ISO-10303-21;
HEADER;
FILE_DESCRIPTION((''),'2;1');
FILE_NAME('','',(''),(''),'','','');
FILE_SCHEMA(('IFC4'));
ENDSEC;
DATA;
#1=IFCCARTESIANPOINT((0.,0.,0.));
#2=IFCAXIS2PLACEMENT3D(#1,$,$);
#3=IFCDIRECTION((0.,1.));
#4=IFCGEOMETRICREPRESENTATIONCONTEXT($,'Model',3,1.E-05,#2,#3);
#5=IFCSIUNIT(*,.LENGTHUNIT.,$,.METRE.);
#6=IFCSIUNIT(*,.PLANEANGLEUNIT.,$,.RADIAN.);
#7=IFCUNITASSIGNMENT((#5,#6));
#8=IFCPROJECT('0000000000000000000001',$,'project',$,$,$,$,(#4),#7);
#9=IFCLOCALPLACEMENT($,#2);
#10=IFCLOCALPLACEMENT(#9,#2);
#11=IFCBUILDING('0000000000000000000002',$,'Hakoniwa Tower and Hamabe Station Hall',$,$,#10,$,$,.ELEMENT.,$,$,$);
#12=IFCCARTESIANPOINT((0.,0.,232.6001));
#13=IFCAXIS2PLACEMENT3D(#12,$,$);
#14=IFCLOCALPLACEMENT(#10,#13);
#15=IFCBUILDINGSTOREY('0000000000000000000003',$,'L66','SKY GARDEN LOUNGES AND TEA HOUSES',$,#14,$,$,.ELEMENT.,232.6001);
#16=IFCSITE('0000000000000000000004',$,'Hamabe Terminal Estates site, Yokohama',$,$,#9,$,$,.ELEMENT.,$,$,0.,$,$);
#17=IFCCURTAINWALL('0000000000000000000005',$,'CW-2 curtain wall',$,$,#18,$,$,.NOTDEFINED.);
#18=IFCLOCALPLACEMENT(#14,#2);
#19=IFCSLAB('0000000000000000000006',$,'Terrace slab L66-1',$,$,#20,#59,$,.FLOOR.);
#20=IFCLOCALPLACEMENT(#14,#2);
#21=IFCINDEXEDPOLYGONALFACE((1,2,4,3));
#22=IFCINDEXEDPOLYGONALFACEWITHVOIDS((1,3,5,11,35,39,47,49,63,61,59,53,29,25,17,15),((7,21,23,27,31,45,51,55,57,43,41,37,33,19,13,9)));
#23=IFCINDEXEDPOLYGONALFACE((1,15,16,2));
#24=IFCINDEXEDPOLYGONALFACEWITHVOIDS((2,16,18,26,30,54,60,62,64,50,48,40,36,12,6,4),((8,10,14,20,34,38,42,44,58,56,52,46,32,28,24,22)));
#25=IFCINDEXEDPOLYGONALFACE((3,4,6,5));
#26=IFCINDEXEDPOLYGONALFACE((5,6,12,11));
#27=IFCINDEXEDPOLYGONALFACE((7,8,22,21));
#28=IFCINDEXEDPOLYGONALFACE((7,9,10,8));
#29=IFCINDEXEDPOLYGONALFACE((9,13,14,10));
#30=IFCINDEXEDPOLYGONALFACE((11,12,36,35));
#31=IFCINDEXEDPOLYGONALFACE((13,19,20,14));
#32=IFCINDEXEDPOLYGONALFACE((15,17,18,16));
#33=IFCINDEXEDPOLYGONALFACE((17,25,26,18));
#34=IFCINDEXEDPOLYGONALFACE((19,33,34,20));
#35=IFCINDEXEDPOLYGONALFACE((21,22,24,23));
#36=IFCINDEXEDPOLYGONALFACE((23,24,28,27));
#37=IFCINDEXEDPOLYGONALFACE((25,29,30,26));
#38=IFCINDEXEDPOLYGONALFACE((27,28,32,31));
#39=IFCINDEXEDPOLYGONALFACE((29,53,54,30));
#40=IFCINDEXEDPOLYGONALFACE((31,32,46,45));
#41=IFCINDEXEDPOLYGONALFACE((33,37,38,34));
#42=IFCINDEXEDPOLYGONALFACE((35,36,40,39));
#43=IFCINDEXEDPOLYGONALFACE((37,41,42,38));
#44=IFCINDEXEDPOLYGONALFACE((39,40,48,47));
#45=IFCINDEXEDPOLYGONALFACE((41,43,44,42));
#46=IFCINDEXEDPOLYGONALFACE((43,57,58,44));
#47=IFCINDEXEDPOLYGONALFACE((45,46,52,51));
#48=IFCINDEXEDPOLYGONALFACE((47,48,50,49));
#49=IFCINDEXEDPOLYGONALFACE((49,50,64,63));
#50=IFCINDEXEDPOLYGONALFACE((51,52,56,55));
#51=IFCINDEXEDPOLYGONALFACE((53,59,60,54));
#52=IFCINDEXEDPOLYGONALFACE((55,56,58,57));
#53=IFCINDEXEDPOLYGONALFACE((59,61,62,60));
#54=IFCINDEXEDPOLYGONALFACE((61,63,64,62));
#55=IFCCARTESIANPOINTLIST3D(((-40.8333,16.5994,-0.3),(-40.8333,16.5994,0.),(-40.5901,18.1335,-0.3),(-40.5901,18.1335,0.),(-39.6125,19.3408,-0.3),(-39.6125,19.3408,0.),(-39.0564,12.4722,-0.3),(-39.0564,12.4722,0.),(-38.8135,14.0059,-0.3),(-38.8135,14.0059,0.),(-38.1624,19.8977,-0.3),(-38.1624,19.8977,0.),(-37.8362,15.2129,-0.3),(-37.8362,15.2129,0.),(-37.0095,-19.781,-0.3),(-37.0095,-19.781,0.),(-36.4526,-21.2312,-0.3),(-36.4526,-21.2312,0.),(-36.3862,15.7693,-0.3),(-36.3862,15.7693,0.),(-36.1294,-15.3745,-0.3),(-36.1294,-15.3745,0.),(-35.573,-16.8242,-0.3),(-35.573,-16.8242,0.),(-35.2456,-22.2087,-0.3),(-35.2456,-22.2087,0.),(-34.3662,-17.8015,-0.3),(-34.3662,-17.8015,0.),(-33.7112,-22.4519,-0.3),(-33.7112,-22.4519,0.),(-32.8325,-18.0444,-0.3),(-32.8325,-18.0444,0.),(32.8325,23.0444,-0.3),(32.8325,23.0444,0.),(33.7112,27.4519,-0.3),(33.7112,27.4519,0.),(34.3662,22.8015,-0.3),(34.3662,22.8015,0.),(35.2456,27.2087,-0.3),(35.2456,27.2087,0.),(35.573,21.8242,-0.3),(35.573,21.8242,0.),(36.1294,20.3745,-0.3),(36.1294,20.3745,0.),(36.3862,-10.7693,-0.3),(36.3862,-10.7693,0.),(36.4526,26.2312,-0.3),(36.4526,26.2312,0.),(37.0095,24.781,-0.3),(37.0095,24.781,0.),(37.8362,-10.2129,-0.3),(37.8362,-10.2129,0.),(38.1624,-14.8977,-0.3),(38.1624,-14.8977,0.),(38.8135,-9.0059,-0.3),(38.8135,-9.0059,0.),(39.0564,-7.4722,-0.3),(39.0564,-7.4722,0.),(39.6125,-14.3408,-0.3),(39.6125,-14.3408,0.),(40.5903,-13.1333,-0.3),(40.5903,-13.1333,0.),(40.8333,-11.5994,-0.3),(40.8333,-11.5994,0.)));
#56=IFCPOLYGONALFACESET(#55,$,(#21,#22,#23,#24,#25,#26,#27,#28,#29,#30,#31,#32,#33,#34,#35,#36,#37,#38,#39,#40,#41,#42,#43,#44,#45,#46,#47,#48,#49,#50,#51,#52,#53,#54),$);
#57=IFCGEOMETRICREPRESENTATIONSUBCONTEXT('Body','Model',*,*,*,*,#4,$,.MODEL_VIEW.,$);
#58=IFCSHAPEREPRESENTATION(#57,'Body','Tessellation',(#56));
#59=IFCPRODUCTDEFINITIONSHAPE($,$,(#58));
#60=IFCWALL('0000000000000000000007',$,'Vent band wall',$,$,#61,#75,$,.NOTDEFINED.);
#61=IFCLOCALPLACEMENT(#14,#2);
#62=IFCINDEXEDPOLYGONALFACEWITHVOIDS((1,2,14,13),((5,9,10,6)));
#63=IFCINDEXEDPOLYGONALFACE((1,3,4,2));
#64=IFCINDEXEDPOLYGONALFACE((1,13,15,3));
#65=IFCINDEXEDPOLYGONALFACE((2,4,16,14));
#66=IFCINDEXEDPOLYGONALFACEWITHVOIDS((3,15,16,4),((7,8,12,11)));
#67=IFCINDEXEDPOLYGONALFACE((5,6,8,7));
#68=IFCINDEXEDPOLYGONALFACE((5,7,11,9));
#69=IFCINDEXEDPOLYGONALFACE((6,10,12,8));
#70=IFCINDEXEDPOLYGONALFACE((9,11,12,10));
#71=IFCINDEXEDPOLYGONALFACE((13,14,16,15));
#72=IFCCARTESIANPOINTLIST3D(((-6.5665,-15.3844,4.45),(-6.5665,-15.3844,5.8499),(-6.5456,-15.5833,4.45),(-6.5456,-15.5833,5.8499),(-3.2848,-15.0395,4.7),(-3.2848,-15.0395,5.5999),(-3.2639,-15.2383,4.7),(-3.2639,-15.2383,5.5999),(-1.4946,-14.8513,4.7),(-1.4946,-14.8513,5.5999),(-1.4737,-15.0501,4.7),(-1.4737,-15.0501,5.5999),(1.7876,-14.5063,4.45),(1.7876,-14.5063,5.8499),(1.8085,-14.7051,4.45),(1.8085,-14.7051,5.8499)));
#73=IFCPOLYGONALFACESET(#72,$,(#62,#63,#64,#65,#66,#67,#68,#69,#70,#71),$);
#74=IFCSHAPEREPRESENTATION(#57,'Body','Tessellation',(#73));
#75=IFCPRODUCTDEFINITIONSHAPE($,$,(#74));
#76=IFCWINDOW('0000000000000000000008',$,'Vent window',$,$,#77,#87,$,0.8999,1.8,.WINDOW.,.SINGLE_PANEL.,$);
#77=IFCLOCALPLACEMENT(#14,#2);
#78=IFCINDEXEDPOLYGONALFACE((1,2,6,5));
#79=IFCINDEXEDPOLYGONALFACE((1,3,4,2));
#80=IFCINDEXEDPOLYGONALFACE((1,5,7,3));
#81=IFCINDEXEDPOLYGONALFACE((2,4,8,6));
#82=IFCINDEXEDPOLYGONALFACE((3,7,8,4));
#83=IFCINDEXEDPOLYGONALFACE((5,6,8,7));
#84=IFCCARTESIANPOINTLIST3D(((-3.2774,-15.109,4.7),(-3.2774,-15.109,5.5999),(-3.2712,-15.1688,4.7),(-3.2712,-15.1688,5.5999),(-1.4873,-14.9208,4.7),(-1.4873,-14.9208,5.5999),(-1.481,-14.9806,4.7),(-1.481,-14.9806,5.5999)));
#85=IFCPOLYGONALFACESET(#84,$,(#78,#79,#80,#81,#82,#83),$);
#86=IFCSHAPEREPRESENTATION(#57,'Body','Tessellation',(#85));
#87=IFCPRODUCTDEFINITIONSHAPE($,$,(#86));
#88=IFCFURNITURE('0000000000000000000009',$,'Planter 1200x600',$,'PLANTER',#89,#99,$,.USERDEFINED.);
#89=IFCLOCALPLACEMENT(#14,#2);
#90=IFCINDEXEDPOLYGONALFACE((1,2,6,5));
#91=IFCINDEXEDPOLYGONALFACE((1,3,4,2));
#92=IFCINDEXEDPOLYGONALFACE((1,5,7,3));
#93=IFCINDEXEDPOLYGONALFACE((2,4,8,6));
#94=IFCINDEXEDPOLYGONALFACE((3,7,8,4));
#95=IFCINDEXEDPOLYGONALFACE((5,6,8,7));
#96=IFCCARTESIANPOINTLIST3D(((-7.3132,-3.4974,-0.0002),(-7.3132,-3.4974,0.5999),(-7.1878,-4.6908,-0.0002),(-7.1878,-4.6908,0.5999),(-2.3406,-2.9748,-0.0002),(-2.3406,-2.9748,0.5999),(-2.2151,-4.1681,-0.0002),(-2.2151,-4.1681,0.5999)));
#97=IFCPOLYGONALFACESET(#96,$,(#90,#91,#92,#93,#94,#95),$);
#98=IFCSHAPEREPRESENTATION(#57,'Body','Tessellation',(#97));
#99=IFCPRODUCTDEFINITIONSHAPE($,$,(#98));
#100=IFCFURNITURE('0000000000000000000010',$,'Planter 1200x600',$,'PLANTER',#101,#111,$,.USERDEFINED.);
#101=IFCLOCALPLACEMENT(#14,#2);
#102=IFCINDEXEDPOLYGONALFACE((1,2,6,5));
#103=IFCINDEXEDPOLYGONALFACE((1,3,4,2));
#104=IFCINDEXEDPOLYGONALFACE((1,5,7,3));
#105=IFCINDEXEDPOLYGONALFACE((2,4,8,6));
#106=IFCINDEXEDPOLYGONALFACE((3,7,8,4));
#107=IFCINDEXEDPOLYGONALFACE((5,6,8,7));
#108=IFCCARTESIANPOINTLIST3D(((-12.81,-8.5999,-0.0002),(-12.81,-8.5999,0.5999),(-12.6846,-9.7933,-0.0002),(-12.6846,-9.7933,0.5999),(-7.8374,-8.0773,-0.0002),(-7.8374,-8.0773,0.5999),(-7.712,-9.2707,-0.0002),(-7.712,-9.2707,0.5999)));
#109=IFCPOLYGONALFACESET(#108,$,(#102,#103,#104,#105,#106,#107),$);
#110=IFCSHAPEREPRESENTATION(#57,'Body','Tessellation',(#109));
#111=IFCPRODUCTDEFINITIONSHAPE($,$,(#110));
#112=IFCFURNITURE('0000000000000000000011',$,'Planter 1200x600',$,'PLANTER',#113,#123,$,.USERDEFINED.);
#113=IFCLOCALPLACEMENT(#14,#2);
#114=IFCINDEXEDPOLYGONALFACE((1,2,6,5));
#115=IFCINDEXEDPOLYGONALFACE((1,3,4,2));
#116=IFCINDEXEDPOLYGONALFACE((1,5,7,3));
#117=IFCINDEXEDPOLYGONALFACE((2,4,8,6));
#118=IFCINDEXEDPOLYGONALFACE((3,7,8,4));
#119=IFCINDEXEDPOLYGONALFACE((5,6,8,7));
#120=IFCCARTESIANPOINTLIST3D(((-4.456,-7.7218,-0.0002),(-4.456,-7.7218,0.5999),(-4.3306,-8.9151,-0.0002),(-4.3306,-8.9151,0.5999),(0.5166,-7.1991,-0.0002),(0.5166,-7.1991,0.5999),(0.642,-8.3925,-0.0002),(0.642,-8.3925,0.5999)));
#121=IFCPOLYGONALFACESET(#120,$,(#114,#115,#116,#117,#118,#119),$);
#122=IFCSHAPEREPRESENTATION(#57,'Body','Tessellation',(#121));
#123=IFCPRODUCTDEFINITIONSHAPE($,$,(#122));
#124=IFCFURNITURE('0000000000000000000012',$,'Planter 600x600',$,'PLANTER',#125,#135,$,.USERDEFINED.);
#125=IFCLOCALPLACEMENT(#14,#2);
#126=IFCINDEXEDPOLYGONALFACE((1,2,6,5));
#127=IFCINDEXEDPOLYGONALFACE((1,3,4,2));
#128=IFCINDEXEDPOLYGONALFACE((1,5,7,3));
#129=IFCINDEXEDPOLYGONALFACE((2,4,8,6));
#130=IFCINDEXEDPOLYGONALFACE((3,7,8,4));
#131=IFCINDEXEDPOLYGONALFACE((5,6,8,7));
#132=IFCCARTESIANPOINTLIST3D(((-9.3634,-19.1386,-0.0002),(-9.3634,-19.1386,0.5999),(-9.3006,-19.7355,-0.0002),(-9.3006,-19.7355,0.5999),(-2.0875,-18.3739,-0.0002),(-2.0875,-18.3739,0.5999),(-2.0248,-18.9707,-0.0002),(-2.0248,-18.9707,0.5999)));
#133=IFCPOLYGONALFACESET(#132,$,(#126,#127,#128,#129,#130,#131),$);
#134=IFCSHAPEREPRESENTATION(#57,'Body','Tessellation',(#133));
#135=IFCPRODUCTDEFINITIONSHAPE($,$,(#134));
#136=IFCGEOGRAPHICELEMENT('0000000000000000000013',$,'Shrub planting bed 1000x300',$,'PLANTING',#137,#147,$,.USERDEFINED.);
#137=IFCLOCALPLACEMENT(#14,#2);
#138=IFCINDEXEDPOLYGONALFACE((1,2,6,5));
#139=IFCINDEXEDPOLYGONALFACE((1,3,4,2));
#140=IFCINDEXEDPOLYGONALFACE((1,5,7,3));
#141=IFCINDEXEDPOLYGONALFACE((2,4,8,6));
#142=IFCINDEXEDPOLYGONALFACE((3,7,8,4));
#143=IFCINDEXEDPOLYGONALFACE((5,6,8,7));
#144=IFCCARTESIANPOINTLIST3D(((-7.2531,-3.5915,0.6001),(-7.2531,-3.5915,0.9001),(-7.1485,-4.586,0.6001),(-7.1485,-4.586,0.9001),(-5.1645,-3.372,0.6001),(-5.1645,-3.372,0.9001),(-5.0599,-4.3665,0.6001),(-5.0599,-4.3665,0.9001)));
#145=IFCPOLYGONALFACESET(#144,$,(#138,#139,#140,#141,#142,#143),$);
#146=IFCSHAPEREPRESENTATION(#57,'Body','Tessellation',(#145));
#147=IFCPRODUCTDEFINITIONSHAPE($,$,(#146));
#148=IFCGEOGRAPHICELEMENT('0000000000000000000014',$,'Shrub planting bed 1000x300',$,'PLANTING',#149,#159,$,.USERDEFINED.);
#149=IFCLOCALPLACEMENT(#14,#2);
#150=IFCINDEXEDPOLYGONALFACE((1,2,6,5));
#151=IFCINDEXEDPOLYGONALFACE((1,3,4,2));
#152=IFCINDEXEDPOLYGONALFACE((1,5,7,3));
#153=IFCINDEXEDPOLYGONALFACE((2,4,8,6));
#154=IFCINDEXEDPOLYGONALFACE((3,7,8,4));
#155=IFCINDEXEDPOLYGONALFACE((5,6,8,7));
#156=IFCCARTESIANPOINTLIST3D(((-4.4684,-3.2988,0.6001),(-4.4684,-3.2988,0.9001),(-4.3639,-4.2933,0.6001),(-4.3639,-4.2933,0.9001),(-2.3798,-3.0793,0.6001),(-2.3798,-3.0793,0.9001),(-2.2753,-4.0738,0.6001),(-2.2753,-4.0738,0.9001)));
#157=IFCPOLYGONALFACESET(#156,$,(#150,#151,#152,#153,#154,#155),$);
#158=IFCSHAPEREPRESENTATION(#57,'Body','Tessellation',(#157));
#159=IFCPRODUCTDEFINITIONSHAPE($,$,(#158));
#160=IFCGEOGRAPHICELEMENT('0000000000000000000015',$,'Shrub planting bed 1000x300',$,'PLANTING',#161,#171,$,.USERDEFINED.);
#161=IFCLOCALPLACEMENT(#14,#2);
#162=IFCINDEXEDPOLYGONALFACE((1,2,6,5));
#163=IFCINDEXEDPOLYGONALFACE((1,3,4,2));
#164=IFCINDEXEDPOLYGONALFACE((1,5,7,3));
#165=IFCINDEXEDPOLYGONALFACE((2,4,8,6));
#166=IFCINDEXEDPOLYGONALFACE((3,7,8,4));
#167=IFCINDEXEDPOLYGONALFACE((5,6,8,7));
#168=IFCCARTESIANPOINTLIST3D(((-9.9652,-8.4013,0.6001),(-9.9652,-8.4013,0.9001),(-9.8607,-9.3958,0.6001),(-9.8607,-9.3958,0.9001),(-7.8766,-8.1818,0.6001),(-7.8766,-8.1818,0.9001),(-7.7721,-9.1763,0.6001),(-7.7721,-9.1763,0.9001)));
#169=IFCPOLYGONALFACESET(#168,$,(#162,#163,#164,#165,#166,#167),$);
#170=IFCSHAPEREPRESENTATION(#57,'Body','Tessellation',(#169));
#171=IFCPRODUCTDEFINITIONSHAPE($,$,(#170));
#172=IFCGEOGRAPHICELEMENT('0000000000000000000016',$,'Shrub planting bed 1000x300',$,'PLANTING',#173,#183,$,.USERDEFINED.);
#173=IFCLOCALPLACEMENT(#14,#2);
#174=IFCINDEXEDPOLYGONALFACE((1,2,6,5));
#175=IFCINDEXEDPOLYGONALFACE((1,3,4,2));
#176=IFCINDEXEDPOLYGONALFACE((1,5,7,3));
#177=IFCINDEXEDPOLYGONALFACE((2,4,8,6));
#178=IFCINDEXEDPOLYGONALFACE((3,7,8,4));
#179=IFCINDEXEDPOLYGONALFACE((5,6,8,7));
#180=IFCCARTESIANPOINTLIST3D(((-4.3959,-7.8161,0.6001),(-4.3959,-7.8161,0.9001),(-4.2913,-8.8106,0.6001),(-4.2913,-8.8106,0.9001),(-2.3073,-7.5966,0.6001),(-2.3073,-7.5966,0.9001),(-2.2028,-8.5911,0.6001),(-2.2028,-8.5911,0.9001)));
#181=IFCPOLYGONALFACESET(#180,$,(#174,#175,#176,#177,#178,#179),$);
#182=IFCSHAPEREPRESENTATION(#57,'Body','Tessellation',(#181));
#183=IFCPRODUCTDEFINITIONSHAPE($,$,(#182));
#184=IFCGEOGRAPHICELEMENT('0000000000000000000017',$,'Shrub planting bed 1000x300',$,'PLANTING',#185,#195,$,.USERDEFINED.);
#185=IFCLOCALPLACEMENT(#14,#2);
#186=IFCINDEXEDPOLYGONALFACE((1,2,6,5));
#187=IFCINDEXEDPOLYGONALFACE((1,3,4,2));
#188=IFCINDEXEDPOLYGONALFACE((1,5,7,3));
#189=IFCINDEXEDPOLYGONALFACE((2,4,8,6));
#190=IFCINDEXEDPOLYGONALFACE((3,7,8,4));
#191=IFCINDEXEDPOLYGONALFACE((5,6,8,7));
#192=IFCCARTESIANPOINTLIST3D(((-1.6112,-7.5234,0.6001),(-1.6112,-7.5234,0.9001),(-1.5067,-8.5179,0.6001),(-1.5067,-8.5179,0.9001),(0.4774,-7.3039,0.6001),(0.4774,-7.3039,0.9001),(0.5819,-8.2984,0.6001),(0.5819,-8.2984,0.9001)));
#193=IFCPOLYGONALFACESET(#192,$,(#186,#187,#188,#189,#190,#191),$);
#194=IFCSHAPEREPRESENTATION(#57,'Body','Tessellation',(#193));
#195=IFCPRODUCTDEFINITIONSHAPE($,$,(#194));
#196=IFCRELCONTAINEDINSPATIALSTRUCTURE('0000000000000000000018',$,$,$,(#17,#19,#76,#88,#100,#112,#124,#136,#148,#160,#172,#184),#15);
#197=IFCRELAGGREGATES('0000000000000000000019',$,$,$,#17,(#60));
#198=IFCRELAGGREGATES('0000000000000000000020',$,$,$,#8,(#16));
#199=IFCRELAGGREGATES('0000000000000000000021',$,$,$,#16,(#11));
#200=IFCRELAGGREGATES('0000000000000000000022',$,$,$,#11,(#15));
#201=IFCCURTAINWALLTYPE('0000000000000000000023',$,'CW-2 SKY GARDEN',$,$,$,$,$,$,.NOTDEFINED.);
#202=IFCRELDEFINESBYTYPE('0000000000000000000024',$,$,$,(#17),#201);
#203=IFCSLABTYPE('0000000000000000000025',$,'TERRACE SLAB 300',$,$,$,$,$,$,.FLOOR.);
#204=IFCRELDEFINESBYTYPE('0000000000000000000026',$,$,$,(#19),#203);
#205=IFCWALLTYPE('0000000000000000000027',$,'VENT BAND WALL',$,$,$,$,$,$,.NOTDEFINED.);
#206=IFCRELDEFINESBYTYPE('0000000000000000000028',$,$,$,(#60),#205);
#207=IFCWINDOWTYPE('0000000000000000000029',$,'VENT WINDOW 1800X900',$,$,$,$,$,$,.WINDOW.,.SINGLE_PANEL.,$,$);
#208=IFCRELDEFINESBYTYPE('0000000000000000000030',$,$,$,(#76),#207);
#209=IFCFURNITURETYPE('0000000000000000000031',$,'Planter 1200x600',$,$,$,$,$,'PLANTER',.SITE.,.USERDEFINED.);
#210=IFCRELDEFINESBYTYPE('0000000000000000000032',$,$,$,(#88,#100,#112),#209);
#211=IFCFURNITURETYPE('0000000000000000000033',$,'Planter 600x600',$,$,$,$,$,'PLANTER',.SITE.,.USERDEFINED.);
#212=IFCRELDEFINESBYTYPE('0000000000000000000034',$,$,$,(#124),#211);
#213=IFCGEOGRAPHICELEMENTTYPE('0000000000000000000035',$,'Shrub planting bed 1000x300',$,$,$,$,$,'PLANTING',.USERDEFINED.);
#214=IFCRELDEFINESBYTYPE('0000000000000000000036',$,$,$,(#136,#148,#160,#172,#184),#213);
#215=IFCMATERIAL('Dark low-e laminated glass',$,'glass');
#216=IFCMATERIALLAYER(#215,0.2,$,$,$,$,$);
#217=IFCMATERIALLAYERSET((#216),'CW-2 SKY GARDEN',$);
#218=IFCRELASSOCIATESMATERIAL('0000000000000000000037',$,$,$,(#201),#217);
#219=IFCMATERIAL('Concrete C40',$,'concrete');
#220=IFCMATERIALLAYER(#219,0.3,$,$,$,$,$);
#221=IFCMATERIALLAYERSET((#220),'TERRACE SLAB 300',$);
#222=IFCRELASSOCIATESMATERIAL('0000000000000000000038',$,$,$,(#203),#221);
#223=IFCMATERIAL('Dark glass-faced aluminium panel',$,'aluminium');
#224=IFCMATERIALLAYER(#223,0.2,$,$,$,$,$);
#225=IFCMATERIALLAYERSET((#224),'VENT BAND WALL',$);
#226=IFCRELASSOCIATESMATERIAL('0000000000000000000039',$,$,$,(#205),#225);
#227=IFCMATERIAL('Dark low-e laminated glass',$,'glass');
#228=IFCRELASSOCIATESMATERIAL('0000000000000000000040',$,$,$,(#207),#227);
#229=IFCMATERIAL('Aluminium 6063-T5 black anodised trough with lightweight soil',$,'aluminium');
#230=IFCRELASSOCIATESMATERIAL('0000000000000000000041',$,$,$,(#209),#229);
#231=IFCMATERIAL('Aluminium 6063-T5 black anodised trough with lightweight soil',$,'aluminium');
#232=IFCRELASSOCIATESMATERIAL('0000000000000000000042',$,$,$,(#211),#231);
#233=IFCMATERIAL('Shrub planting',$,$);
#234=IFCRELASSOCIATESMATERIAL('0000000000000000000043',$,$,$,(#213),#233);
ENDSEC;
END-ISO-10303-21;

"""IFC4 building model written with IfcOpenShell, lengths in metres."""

from ifc_helpers import new_model, si_unit, direction, frame, frame_2d, origin, origin_2d, place, context, subcontext, project, spatial, polyline, rectangle, outline, extrude, material, layer, layer_set, type_object, element, fill, aggregate, save


model = new_model("IFC4")

# Units and contexts
model_context = context("Model", 3, precision=1e-05, world=origin(), true_north=direction((0.0, 1.0)))
body_context = subcontext(model_context, "Body", "Model", "MODEL_VIEW")
ifc_project = project(units=[si_unit("LENGTHUNIT", "METRE"), si_unit("PLANEANGLEUNIT", "RADIAN")], contexts=[model_context])

# Site, building, storey
site_placement = place(None, origin())
site = spatial("IfcSite", under=ifc_project, at=site_placement, Name="Hamabe Terminal Estates site, Yokohama", CompositionType="ELEMENT", RefElevation=0.0)
building_placement = place(site_placement, origin())
building = spatial("IfcBuilding", under=site, at=building_placement, Name="Hakoniwa Tower and Hamabe Station Hall", CompositionType="ELEMENT")
storey_placement = place(building_placement, frame((0.0, 0.0, 232.6001)))
storey = spatial("IfcBuildingStorey", under=building, at=storey_placement, Name="L66", Description="SKY GARDEN LOUNGES AND TEA HOUSES", CompositionType="ELEMENT", Elevation=232.6001)

# Curtain wall
ifc_material_1 = material(Name="Dark low-e laminated glass", Category="glass")
ifc_layer_1 = layer(ifc_material_1, 0.2)
ifc_layer_set_1 = layer_set([ifc_layer_1], Name="CW-2 SKY GARDEN")
curtain_wall_type = type_object("IfcCurtainWallType", Name="CW-2 SKY GARDEN", PredefinedType="NOTDEFINED", material=ifc_layer_set_1)
curtain_wall_1_placement = place(storey_placement, origin())
curtain_wall_1 = element("IfcCurtainWall", 1, at=curtain_wall_1_placement, inside=storey, type_object=curtain_wall_type, Name="CW-2 curtain wall", PredefinedType="NOTDEFINED")

# Slab
ifc_material_2 = material(Name="Concrete C40", Category="concrete")
ifc_layer_2 = layer(ifc_material_2, 0.3)
ifc_layer_set_2 = layer_set([ifc_layer_2], Name="TERRACE SLAB 300")
slab_type_1 = type_object("IfcSlabType", Name="TERRACE SLAB 300", PredefinedType="FLOOR", material=ifc_layer_set_2)
slab_1_placement = place(storey_placement, frame((0.0, 0.0, -0.3)))
element("IfcSlab", 2, at=slab_1_placement, inside=storey, type_object=slab_type_1, Name="Terrace slab L66-1", PredefinedType="FLOOR", context=body_context, shape_type="SweptSolid", body=[
    extrude(outline(polyline([(40.5903, -13.1333), (40.8333, -11.5994), (37.0095, 24.781), (36.4526, 26.2312), (35.2456, 27.2087), (33.7112, 27.4519), (-38.1624, 19.8977), (-39.6125, 19.3408), (-40.5901, 18.1335), (-40.8333, 16.5994), (-37.0095, -19.781), (-36.4526, -21.2312), (-35.2456, -22.2087), (-33.7112, -22.4519), (38.1624, -14.8977), (39.6125, -14.3408), (40.5903, -13.1333)]), holes=[polyline([(-38.8135, 14.0059), (-37.8362, 15.2129), (-36.3862, 15.7693), (32.8325, 23.0444), (34.3662, 22.8015), (35.573, 21.8242), (36.1294, 20.3745), (39.0564, -7.4722), (38.8135, -9.0059), (37.8362, -10.2129), (36.3862, -10.7693), (-32.8325, -18.0444), (-34.3662, -17.8015), (-35.573, -16.8242), (-36.1294, -15.3745), (-39.0564, 12.4722), (-38.8135, 14.0059)])]), origin(), (0.0, 0.0, 1.0), 0.3),
])

# Wall, opening, window
ifc_material_3 = material(Name="Dark glass-faced aluminium panel", Category="aluminium")
ifc_layer_3 = layer(ifc_material_3, 0.2)
ifc_layer_set_3 = layer_set([ifc_layer_3], Name="VENT BAND WALL")
wall_type = type_object("IfcWallType", Name="VENT BAND WALL", PredefinedType="NOTDEFINED", material=ifc_layer_set_3)
wall_placement = place(storey_placement, frame((-6.5562, -15.4839, 4.45), z_axis=(0.0, 0.0, 1.0), x_axis=(0.99452, 0.104544, 0.0)))
wall = element("IfcWall", 3, at=wall_placement, type_object=wall_type, Name="Vent band wall", PredefinedType="NOTDEFINED", context=body_context, shape_type="SweptSolid", body=[
    extrude(rectangle(XDim=8.4001, YDim=0.2, at=frame_2d((4.2002, 0.0))), origin(), (0.0, 0.0, 1.0), 1.3999),
])
opening_placement = place(wall_placement, frame((3.3, 0.0, 0.25)))
opening = element("IfcOpeningElement", 4, at=opening_placement, cuts=wall, PredefinedType="OPENING", context=body_context, shape_type="SweptSolid", body=[
    extrude(rectangle(XDim=1.8, YDim=0.8999, at=frame_2d((0.8999, 0.45))), frame((0.0, 0.1099, 0.0), z_axis=(0.0, -1.0, 0.0), x_axis=(1.0, 0.0, 0.0)), (0.0, 0.0, 1.0), 0.22),
])
ifc_material_4 = material(Name="Dark low-e laminated glass", Category="glass")
window_type = type_object("IfcWindowType", Name="VENT WINDOW 1800X900", PartitioningType="SINGLE_PANEL", PredefinedType="WINDOW", material=ifc_material_4)
window_placement = place(opening_placement, origin())
window = element("IfcWindow", 5, at=window_placement, inside=storey, type_object=window_type, Name="Vent window", OverallHeight=0.8999, OverallWidth=1.8, PartitioningType="SINGLE_PANEL", PredefinedType="WINDOW", context=body_context, shape_type="SweptSolid", body=[
    extrude(rectangle(XDim=1.8, YDim=0.8999, at=frame_2d((0.8999, 0.45))), frame((0.0, 0.03, 0.0), z_axis=(0.0, -1.0, 0.0), x_axis=(1.0, 0.0, 0.0)), (0.0, 0.0, 1.0), 0.0601),
])
fill(opening, window)
aggregate(curtain_wall_1, [wall])

# Furniture
ifc_material_5 = material(Name="Aluminium 6063-T5 black anodised trough with lightweight soil", Category="aluminium")
furniture_type_1 = type_object("IfcFurnitureType", Name="Planter 1200x600", ElementType="PLANTER", AssemblyPlace="SITE", PredefinedType="USERDEFINED", material=ifc_material_5)
for number, where, z_axis, x_axis, name in (
    (6, (-4.7642, -3.8328, -0.0002), (0.0, 0.0, 1.0), (0.994522, 0.104528, 0.0), "Planter 1200x600"),
    (7, (-10.261, -8.9353, -0.0002), (0.0, 0.0, 1.0), (0.994522, 0.104528, 0.0), "Planter 1200x600"),
    (8, (-1.907, -8.0571, -0.0002), (0.0, 0.0, 1.0), (0.994522, 0.104528, 0.0), "Planter 1200x600"),
):
    element("IfcFurniture", number, at=place(storey_placement, frame(where, z_axis=z_axis, x_axis=x_axis)), inside=storey, type_object=furniture_type_1, Name=name, ObjectType="PLANTER", PredefinedType="USERDEFINED", context=body_context, shape_type="SweptSolid", body=[
        extrude(rectangle(XDim=5.0, YDim=1.2, at=origin_2d()), origin(), (0.0, 0.0, 1.0), 0.6001),
    ])
ifc_material_6 = material(Name="Aluminium 6063-T5 black anodised trough with lightweight soil", Category="aluminium")
furniture_type_2 = type_object("IfcFurnitureType", Name="Planter 600x600", ElementType="PLANTER", AssemblyPlace="SITE", PredefinedType="USERDEFINED", material=ifc_material_6)
furniture_placement = place(storey_placement, frame((-5.6941, -19.0547, -0.0002), z_axis=(0.0, 0.0, 1.0), x_axis=(0.994522, 0.104528, 0.0)))
element("IfcFurniture", 9, at=furniture_placement, inside=storey, type_object=furniture_type_2, Name="Planter 600x600", ObjectType="PLANTER", PredefinedType="USERDEFINED", context=body_context, shape_type="SweptSolid", body=[
    extrude(rectangle(XDim=7.3159, YDim=0.6001, at=origin_2d()), origin(), (0.0, 0.0, 1.0), 0.6001),
])

# Geographic elements
ifc_material_7 = material(Name="Shrub planting")
geographic_element_type_1 = type_object("IfcGeographicElementType", Name="Shrub planting bed 1000x300", ElementType="PLANTING", PredefinedType="USERDEFINED", material=ifc_material_7)
for number, where, z_axis, x_axis, name in (
    (10, (-6.1565, -3.979, 0.6001), (0.0, 0.0, 1.0), (0.994522, 0.104528, 0.0), "Shrub planting bed 1000x300"),
    (11, (-3.3718, -3.6863, 0.6001), (0.0, 0.0, 1.0), (0.994522, 0.104528, 0.0), "Shrub planting bed 1000x300"),
    (12, (-8.8687, -8.7888, 0.6001), (0.0, 0.0, 1.0), (0.994522, 0.104528, 0.0), "Shrub planting bed 1000x300"),
    (13, (-3.2993, -8.2036, 0.6001), (0.0, 0.0, 1.0), (0.994522, 0.104528, 0.0), "Shrub planting bed 1000x300"),
    (14, (-0.5146, -7.9109, 0.6001), (0.0, 0.0, 1.0), (0.994522, 0.104528, 0.0), "Shrub planting bed 1000x300"),
):
    element("IfcGeographicElement", number, at=place(storey_placement, frame(where, z_axis=z_axis, x_axis=x_axis)), inside=storey, type_object=geographic_element_type_1, Name=name, ObjectType="PLANTING", PredefinedType="USERDEFINED", context=body_context, shape_type="SweptSolid", body=[
        extrude(rectangle(XDim=2.1001, YDim=1.0, at=origin_2d()), origin(), (0.0, 0.0, 1.0), 0.3),
    ])

save(model, "model.ifc")
